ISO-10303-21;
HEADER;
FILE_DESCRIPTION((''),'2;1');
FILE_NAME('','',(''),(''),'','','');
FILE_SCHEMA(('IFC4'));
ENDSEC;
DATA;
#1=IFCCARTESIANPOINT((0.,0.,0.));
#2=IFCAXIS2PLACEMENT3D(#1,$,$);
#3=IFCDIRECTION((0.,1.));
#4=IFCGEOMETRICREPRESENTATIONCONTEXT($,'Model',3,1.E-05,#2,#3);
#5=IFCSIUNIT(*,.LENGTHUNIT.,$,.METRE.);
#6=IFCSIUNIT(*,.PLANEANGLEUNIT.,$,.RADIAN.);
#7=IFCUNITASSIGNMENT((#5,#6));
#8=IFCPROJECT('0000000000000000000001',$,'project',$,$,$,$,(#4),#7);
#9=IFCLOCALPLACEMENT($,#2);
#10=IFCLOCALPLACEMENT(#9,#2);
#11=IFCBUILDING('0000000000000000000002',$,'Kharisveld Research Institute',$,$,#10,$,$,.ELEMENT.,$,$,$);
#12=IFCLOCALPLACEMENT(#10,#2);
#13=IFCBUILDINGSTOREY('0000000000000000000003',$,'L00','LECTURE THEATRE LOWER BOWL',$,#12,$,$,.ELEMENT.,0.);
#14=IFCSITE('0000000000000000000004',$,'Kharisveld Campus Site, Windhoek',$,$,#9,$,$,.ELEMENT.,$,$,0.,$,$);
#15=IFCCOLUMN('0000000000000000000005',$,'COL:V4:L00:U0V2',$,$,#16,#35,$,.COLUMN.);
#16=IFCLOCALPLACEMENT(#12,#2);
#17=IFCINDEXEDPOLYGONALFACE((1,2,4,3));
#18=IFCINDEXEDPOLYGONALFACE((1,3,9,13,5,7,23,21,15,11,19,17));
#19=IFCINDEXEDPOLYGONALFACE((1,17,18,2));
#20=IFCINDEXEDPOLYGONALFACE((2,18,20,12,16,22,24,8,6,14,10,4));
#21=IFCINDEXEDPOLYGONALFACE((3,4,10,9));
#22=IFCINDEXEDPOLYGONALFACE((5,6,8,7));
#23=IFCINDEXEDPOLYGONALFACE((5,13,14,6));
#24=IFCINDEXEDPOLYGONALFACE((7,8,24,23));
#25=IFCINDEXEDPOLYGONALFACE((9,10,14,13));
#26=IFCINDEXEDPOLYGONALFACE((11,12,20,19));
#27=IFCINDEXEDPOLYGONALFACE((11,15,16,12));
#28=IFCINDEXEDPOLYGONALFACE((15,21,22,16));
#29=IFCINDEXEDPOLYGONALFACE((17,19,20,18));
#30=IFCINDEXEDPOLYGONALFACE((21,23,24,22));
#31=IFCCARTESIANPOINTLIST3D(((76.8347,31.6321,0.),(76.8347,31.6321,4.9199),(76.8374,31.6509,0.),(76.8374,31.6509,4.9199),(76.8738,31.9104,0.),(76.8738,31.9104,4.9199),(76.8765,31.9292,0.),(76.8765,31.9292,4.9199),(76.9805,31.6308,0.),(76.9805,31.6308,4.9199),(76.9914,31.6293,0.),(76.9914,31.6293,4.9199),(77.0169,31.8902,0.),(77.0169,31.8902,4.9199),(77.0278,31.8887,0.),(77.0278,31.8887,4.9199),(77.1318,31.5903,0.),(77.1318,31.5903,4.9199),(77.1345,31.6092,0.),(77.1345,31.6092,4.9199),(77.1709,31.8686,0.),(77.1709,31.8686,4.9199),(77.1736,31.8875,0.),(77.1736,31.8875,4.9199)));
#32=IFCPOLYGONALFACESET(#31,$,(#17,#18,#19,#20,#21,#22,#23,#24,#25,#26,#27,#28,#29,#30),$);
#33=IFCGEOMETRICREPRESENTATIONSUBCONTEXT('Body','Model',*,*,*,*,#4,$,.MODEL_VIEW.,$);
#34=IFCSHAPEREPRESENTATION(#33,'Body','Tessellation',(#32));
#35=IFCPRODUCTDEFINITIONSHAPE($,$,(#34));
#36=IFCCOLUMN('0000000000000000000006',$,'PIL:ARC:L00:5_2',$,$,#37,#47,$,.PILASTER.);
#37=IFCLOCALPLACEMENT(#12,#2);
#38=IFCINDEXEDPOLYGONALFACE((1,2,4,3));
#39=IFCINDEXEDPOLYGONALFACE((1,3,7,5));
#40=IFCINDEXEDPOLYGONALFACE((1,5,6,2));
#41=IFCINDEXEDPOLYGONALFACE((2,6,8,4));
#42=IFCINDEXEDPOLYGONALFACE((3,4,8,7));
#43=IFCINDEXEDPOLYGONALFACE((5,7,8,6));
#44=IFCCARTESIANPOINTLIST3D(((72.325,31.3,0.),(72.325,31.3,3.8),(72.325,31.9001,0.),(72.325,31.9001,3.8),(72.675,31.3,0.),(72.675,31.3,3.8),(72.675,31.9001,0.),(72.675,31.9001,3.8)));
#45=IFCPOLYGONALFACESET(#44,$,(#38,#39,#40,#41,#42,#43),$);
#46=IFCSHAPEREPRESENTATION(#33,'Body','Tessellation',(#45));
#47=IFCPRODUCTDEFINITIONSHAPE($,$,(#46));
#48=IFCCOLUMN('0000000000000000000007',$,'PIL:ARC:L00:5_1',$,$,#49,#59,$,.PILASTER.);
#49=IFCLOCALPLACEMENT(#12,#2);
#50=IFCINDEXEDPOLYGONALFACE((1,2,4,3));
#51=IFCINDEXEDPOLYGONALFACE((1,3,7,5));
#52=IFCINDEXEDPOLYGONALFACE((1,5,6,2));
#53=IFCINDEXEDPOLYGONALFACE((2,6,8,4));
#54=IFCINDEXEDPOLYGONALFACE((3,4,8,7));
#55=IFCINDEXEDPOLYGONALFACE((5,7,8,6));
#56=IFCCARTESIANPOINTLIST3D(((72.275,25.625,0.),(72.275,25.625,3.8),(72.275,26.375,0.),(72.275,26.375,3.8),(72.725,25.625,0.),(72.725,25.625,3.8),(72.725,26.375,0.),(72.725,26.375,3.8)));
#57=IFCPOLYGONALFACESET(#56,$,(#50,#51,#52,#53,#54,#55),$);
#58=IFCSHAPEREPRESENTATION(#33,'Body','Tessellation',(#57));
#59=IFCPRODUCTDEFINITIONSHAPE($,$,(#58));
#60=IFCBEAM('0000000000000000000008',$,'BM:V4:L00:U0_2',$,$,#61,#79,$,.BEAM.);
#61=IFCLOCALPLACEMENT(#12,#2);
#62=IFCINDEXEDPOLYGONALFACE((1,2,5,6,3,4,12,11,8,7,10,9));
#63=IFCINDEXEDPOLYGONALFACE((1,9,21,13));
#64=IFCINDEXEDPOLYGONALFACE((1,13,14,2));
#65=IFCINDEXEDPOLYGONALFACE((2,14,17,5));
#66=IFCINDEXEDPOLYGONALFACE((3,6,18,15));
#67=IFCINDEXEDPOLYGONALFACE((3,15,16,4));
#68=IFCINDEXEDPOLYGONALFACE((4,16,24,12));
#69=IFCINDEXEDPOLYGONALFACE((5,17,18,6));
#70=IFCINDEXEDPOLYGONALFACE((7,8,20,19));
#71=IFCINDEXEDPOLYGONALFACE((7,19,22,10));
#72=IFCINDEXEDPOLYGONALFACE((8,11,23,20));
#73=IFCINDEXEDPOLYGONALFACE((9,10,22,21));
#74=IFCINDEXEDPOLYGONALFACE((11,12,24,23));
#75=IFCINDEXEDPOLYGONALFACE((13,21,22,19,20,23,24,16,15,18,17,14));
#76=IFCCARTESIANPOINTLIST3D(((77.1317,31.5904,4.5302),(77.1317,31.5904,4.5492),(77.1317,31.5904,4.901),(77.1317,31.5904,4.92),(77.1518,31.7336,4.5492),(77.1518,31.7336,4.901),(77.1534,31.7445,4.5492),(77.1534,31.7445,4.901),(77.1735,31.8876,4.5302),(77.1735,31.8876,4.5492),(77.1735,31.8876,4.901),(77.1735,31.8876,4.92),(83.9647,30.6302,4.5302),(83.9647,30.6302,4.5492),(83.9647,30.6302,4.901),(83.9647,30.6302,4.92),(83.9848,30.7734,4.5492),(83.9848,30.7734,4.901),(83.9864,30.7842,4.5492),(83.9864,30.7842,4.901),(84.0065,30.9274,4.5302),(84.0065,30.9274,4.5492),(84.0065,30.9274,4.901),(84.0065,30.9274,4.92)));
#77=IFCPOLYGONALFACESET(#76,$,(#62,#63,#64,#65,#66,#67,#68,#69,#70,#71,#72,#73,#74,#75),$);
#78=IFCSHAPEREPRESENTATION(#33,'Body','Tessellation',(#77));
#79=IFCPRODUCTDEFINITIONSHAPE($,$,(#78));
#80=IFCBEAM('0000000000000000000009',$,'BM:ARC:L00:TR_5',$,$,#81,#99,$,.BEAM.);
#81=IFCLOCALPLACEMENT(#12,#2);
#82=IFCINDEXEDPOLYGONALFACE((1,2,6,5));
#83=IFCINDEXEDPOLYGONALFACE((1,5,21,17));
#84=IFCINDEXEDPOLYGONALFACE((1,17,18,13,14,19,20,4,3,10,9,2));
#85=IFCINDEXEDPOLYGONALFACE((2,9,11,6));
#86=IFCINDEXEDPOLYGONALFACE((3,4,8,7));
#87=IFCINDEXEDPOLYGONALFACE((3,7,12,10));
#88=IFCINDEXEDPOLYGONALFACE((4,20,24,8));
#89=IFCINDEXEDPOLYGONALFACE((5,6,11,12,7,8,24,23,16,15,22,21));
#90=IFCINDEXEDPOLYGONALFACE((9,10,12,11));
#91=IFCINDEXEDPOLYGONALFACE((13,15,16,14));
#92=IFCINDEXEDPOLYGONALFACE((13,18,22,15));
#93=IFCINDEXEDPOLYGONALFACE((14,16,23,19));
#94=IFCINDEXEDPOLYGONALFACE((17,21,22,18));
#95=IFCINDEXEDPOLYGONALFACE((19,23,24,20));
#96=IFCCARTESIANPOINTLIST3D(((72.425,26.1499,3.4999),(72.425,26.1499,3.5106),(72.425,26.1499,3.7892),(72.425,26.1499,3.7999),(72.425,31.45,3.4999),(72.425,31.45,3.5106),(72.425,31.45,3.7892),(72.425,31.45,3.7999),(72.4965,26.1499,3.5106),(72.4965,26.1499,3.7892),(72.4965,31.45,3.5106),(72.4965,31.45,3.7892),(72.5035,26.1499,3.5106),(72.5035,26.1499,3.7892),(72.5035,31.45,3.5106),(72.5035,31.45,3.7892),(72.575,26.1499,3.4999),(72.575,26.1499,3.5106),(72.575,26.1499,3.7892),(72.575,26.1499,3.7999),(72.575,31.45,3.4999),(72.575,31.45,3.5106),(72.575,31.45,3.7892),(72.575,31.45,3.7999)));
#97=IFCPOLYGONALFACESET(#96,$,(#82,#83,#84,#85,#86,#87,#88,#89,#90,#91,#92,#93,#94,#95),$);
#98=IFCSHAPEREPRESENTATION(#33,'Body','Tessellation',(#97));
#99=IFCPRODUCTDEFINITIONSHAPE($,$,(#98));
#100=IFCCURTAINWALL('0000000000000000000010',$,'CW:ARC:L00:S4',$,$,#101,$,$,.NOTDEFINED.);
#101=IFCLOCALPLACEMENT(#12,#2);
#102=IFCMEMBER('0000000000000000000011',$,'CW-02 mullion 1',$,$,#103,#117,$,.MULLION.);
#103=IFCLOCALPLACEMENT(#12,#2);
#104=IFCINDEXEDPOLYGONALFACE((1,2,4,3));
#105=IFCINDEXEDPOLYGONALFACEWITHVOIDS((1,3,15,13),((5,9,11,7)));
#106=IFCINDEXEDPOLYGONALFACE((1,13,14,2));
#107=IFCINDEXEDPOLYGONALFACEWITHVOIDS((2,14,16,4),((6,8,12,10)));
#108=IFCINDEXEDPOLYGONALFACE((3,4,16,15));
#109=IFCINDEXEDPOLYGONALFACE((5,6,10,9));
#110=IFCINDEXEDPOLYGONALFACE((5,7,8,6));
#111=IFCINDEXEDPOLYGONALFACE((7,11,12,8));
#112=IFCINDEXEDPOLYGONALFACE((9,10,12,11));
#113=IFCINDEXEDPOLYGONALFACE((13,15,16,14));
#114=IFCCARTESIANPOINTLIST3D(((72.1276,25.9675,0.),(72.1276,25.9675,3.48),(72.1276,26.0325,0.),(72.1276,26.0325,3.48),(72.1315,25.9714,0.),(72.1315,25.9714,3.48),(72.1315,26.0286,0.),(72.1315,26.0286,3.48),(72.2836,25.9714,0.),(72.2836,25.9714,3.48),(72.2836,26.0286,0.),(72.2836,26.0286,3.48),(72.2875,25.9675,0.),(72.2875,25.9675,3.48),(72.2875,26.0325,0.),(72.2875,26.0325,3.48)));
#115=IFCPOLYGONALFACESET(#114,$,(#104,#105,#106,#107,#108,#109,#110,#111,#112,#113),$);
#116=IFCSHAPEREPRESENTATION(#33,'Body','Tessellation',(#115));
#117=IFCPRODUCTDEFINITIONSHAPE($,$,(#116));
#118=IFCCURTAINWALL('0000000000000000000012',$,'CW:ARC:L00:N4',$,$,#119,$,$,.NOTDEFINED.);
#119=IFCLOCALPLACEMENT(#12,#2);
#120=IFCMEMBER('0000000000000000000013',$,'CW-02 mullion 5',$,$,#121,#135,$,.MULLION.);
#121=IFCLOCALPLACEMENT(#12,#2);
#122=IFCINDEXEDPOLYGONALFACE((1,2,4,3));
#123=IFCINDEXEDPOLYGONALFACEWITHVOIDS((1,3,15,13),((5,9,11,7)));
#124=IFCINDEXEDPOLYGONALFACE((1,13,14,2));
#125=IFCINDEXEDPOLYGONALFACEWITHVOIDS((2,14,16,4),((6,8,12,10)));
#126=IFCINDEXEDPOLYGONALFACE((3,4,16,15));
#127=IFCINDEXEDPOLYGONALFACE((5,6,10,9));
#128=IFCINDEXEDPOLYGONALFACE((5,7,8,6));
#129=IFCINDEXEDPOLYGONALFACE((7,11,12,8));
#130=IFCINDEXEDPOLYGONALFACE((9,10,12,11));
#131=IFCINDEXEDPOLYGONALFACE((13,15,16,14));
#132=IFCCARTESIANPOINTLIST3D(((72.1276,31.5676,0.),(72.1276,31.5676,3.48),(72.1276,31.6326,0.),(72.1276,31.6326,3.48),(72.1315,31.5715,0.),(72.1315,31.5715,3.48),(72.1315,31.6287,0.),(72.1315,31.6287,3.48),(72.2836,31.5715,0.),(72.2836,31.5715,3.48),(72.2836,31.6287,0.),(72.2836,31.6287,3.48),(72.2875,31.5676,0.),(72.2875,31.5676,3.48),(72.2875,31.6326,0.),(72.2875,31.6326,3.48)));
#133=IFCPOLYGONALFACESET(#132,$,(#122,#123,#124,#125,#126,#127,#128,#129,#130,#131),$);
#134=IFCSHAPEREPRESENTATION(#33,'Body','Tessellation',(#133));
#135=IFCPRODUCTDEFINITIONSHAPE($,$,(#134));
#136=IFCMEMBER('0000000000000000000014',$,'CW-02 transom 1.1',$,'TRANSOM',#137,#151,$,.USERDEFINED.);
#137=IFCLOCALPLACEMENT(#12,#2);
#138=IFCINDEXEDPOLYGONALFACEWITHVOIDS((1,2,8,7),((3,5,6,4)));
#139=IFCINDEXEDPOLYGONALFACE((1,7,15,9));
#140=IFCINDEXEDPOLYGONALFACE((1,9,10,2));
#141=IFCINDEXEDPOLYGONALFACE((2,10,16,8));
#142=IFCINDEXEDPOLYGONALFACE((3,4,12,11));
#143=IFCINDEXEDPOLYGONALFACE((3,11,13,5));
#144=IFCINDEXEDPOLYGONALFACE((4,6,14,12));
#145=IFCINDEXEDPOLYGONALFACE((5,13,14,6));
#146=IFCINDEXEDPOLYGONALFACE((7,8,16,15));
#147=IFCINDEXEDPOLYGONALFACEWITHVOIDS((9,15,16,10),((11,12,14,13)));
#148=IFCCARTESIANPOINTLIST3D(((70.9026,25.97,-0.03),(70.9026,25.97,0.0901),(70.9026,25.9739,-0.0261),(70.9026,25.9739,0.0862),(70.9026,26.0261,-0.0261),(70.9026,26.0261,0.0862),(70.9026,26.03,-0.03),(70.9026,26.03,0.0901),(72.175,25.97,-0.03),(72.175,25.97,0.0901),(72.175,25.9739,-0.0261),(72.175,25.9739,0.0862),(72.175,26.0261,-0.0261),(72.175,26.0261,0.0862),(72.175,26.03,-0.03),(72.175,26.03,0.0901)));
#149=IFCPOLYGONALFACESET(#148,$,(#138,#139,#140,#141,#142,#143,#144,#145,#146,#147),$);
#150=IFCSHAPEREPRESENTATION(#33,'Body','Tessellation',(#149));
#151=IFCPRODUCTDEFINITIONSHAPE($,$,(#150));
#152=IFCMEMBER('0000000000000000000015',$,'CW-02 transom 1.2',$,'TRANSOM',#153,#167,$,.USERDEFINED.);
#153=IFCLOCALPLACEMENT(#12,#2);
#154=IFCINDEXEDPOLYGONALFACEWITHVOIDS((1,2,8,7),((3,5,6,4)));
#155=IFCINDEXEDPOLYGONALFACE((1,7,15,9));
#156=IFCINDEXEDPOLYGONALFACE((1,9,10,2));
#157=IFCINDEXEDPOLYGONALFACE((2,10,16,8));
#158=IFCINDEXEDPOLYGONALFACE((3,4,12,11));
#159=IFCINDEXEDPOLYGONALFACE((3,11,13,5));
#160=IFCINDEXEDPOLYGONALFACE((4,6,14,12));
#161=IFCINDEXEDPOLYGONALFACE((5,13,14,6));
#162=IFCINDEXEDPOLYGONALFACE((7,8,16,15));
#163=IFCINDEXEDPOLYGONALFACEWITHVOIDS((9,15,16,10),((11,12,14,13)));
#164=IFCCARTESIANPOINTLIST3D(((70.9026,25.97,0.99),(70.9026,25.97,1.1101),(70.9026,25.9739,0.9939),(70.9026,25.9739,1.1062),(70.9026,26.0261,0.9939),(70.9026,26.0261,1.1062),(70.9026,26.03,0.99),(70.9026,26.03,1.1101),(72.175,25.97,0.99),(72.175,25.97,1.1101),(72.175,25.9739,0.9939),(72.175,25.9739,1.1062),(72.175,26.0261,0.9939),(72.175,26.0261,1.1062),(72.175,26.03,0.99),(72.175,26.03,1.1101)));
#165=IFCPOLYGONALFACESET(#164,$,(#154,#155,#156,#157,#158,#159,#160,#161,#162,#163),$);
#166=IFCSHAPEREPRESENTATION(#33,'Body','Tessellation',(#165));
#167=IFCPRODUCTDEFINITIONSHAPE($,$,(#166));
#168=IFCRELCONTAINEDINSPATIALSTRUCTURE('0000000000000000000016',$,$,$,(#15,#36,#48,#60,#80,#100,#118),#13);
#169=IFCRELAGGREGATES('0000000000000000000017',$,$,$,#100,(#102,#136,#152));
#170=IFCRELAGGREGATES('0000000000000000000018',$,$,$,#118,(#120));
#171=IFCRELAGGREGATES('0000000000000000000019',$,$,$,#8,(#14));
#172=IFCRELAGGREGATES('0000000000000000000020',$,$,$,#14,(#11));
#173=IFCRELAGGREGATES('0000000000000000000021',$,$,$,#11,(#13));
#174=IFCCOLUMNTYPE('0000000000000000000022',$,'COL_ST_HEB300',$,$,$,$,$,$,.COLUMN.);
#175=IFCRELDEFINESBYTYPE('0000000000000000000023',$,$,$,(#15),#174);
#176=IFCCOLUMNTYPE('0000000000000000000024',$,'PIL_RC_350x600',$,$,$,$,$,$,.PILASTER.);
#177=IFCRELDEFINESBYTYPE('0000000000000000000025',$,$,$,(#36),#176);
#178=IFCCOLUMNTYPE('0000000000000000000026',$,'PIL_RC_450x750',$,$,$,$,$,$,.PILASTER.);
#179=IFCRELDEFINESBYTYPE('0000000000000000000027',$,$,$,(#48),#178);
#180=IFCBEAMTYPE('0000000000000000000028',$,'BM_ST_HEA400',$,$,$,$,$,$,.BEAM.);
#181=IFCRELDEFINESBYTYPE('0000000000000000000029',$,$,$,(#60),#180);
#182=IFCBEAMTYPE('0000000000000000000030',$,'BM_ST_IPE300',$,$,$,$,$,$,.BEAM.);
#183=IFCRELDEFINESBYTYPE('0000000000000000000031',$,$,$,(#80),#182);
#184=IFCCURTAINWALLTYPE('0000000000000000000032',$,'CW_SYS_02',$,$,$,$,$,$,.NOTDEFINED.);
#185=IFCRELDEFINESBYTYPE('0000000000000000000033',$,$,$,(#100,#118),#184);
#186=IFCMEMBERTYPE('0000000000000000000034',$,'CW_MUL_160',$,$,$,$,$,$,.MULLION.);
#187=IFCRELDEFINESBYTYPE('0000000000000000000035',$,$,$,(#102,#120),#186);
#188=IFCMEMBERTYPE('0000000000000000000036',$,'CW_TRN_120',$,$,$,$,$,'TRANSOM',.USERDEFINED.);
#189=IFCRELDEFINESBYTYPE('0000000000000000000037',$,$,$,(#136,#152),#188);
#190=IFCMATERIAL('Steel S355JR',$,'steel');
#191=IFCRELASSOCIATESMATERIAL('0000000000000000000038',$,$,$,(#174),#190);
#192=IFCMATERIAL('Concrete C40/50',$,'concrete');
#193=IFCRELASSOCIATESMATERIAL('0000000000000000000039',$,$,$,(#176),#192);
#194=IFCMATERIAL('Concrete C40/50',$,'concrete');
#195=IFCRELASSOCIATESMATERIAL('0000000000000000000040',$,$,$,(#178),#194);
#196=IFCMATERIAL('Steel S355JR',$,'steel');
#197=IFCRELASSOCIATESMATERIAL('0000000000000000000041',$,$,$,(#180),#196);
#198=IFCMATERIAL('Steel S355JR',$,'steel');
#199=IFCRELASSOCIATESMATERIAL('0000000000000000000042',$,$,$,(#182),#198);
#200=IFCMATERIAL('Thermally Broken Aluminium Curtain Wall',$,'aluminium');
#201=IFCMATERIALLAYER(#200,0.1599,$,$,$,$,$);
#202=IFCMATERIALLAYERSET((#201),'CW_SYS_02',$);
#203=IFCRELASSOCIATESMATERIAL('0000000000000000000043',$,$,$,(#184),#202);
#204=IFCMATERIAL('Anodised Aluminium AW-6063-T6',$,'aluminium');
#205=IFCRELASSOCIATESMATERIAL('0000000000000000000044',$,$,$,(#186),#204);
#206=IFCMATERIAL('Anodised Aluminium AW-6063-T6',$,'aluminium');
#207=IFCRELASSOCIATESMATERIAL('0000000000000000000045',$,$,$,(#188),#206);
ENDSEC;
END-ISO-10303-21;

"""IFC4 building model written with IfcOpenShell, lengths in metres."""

from ifc_helpers import new_model, si_unit, direction, frame, origin, origin_2d, place, context, subcontext, project, spatial, rectangle, hollow_rectangle, i_section, extrude, material, layer, layer_set, material_profile, profile_set, type_object, element, aggregate, save


model = new_model("IFC4")

# Units and contexts
model_context = context("Model", 3, precision=1e-05, world=origin(), true_north=direction((0.0, 1.0)))
body_context = subcontext(model_context, "Body", "Model", "MODEL_VIEW")
ifc_project = project(units=[si_unit("LENGTHUNIT", "METRE"), si_unit("PLANEANGLEUNIT", "RADIAN")], contexts=[model_context])

# Site, building, storey
site_placement = place(None, origin())
site = spatial("IfcSite", under=ifc_project, at=site_placement, Name="Kharisveld Campus Site, Windhoek", CompositionType="ELEMENT", RefElevation=0.0)
building_placement = place(site_placement, origin())
building = spatial("IfcBuilding", under=site, at=building_placement, Name="Kharisveld Research Institute", CompositionType="ELEMENT")
storey_placement = place(building_placement, origin())
storey = spatial("IfcBuildingStorey", under=building, at=storey_placement, Name="L00", Description="LECTURE THEATRE LOWER BOWL", CompositionType="ELEMENT", Elevation=0.0)

# Columns
ifc_material_1 = material(Name="Steel S355JR", Category="steel")
ifc_material_profile_1 = material_profile(ifc_material_1, i_section(OverallWidth=0.3, OverallDepth=0.3, WebThickness=0.011, FlangeThickness=0.019, at=origin_2d()))
ifc_profile_set_1 = profile_set([ifc_material_profile_1], Name="Steel S355JR")
column_type_1 = type_object("IfcColumnType", Name="COL_ST_HEB300", PredefinedType="COLUMN", material=ifc_profile_set_1)
column_1_placement = place(storey_placement, frame((77.0042, 31.7598, 0.0), z_axis=(0.0, 0.0, 1.0), x_axis=(0.990268, -0.139173, 0.0)))
element("IfcColumn", 1, at=column_1_placement, inside=storey, type_object=column_type_1, Name="COL:V4:L00:U0V2", PredefinedType="COLUMN", context=body_context, shape_type="SweptSolid", body=[
    extrude(i_section(OverallWidth=0.3, OverallDepth=0.3, WebThickness=0.011, FlangeThickness=0.019, at=origin_2d()), origin(), (0.0, 0.0, 1.0), 4.9199),
])
ifc_material_2 = material(Name="Concrete C40/50", Category="concrete")
ifc_material_profile_2 = material_profile(ifc_material_2, rectangle(XDim=0.3501, YDim=0.6001, at=origin_2d()))
ifc_profile_set_2 = profile_set([ifc_material_profile_2], Name="Concrete C40/50")
column_type_2 = type_object("IfcColumnType", Name="PIL_RC_350x600", PredefinedType="PILASTER", material=ifc_profile_set_2)
column_2_placement = place(storey_placement, frame((72.5, 31.6001, 0.0), z_axis=(0.0, 0.0, 1.0), x_axis=(1.0, 0.0, 0.0)))
element("IfcColumn", 2, at=column_2_placement, inside=storey, type_object=column_type_2, Name="PIL:ARC:L00:5_2", PredefinedType="PILASTER", context=body_context, shape_type="SweptSolid", body=[
    extrude(rectangle(XDim=0.3501, YDim=0.6001, at=origin_2d()), origin(), (0.0, 0.0, 1.0), 3.8),
])
ifc_material_3 = material(Name="Concrete C40/50", Category="concrete")
ifc_material_profile_3 = material_profile(ifc_material_3, rectangle(XDim=0.45, YDim=0.75, at=origin_2d()))
ifc_profile_set_3 = profile_set([ifc_material_profile_3], Name="Concrete C40/50")
column_type_3 = type_object("IfcColumnType", Name="PIL_RC_450x750", PredefinedType="PILASTER", material=ifc_profile_set_3)
column_3_placement = place(storey_placement, frame((72.5, 26.0, 0.0), z_axis=(0.0, 0.0, 1.0), x_axis=(1.0, 0.0, 0.0)))
element("IfcColumn", 3, at=column_3_placement, inside=storey, type_object=column_type_3, Name="PIL:ARC:L00:5_1", PredefinedType="PILASTER", context=body_context, shape_type="SweptSolid", body=[
    extrude(rectangle(XDim=0.45, YDim=0.75, at=origin_2d()), origin(), (0.0, 0.0, 1.0), 3.8),
])

# Beams
ifc_material_4 = material(Name="Steel S355JR", Category="steel")
ifc_material_profile_4 = material_profile(ifc_material_4, i_section(OverallWidth=0.3, OverallDepth=0.3899, WebThickness=0.011, FlangeThickness=0.019, at=origin_2d()))
ifc_profile_set_4 = profile_set([ifc_material_profile_4], Name="Steel S355JR")
beam_type_1 = type_object("IfcBeamType", Name="BM_ST_HEA400", PredefinedType="BEAM", material=ifc_profile_set_4)
beam_1_placement = place(storey_placement, frame((77.1526, 31.739, 4.7251), z_axis=(0.99027, -0.139157, 0.0), x_axis=(0.139157, 0.99027, 0.0)))
element("IfcBeam", 4, at=beam_1_placement, inside=storey, type_object=beam_type_1, Name="BM:V4:L00:U0_2", PredefinedType="BEAM", context=body_context, shape_type="SweptSolid", body=[
    extrude(i_section(OverallWidth=0.3, OverallDepth=0.3899, WebThickness=0.011, FlangeThickness=0.019, at=origin_2d()), origin(), (0.0, 0.0, 1.0), 6.9001),
])
ifc_material_5 = material(Name="Steel S355JR", Category="steel")
ifc_material_profile_5 = material_profile(ifc_material_5, i_section(OverallWidth=0.1499, OverallDepth=0.3, WebThickness=0.0071, FlangeThickness=0.0107, at=origin_2d()))
ifc_profile_set_5 = profile_set([ifc_material_profile_5], Name="Steel S355JR")
beam_type_2 = type_object("IfcBeamType", Name="BM_ST_IPE300", PredefinedType="BEAM", material=ifc_profile_set_5)
beam_2_placement = place(storey_placement, frame((72.5, 26.1499, 3.6499), z_axis=(0.0, 1.0, 0.0), x_axis=(-1.0, 0.0, 0.0)))
element("IfcBeam", 5, at=beam_2_placement, inside=storey, type_object=beam_type_2, Name="BM:ARC:L00:TR_5", PredefinedType="BEAM", context=body_context, shape_type="SweptSolid", body=[
    extrude(i_section(OverallWidth=0.1499, OverallDepth=0.3, WebThickness=0.0071, FlangeThickness=0.0107, at=origin_2d()), origin(), (0.0, 0.0, 1.0), 5.3),
])

# Curtain walls, members
ifc_material_6 = material(Name="Thermally Broken Aluminium Curtain Wall", Category="aluminium")
ifc_layer_1 = layer(ifc_material_6, 0.1599)
ifc_layer_set_1 = layer_set([ifc_layer_1], Name="CW_SYS_02")
curtain_wall_type = type_object("IfcCurtainWallType", Name="CW_SYS_02", PredefinedType="NOTDEFINED", material=ifc_layer_set_1)
curtain_wall_1_placement = place(storey_placement, origin())
curtain_wall_1 = element("IfcCurtainWall", 6, at=curtain_wall_1_placement, inside=storey, type_object=curtain_wall_type, Name="CW:ARC:L00:S4", PredefinedType="NOTDEFINED")
ifc_material_7 = material(Name="Anodised Aluminium AW-6063-T6", Category="aluminium")
ifc_material_profile_6 = material_profile(ifc_material_7, hollow_rectangle(XDim=0.0649, YDim=0.1599, WallThickness=0.0039, at=origin_2d()))
ifc_profile_set_6 = profile_set([ifc_material_profile_6], Name="Anodised Aluminium AW-6063-T6")
member_type_1 = type_object("IfcMemberType", Name="CW_MUL_160", PredefinedType="MULLION", material=ifc_profile_set_6)
member_1_placement = place(storey_placement, frame((72.2075, 26.0, 0.0), z_axis=(0.0, 0.0, 1.0), x_axis=(0.0, -1.0, 0.0)))
member_1 = element("IfcMember", 7, at=member_1_placement, type_object=member_type_1, Name="CW-02 mullion 1", PredefinedType="MULLION", context=body_context, shape_type="SweptSolid", body=[
    extrude(hollow_rectangle(XDim=0.0649, YDim=0.1599, WallThickness=0.0039, at=origin_2d()), origin(), (0.0, 0.0, 1.0), 3.48),
])
curtain_wall_2_placement = place(storey_placement, origin())
curtain_wall_2 = element("IfcCurtainWall", 8, at=curtain_wall_2_placement, inside=storey, type_object=curtain_wall_type, Name="CW:ARC:L00:N4", PredefinedType="NOTDEFINED")
member_2_placement = place(storey_placement, frame((72.2075, 31.6001, 0.0), z_axis=(0.0, 0.0, 1.0), x_axis=(0.0, 1.0, 0.0)))
member_2 = element("IfcMember", 9, at=member_2_placement, type_object=member_type_1, Name="CW-02 mullion 5", PredefinedType="MULLION", context=body_context, shape_type="SweptSolid", body=[
    extrude(hollow_rectangle(XDim=0.0649, YDim=0.1599, WallThickness=0.0039, at=origin_2d()), origin(), (0.0, 0.0, 1.0), 3.48),
])

# Members
ifc_material_8 = material(Name="Anodised Aluminium AW-6063-T6", Category="aluminium")
ifc_material_profile_7 = material_profile(ifc_material_8, hollow_rectangle(XDim=0.0601, YDim=0.1201, WallThickness=0.0039, at=origin_2d()))
ifc_profile_set_7 = profile_set([ifc_material_profile_7], Name="Anodised Aluminium AW-6063-T6")
member_type_2 = type_object("IfcMemberType", Name="CW_TRN_120", ElementType="TRANSOM", PredefinedType="USERDEFINED", material=ifc_profile_set_7)
member_3_placement = place(storey_placement, frame((72.175, 26.0, 0.03), z_axis=(-1.0, 0.0, 0.0), x_axis=(0.0, -1.0, 0.0)))
member_3 = element("IfcMember", 10, at=member_3_placement, type_object=member_type_2, Name="CW-02 transom 1.1", ObjectType="TRANSOM", PredefinedType="USERDEFINED", context=body_context, shape_type="SweptSolid", body=[
    extrude(hollow_rectangle(XDim=0.0601, YDim=0.1201, WallThickness=0.0039, at=origin_2d()), origin(), (0.0, 0.0, 1.0), 1.2725),
])
member_4_placement = place(storey_placement, frame((72.175, 26.0, 1.05), z_axis=(-1.0, 0.0, 0.0), x_axis=(0.0, -1.0, 0.0)))
member_4 = element("IfcMember", 11, at=member_4_placement, type_object=member_type_2, Name="CW-02 transom 1.2", ObjectType="TRANSOM", PredefinedType="USERDEFINED", context=body_context, shape_type="SweptSolid", body=[
    extrude(hollow_rectangle(XDim=0.0601, YDim=0.1201, WallThickness=0.0039, at=origin_2d()), origin(), (0.0, 0.0, 1.0), 1.2725),
])

aggregate(curtain_wall_1, [member_1, member_3, member_4])
aggregate(curtain_wall_2, [member_2])

save(model, "model.ifc")
